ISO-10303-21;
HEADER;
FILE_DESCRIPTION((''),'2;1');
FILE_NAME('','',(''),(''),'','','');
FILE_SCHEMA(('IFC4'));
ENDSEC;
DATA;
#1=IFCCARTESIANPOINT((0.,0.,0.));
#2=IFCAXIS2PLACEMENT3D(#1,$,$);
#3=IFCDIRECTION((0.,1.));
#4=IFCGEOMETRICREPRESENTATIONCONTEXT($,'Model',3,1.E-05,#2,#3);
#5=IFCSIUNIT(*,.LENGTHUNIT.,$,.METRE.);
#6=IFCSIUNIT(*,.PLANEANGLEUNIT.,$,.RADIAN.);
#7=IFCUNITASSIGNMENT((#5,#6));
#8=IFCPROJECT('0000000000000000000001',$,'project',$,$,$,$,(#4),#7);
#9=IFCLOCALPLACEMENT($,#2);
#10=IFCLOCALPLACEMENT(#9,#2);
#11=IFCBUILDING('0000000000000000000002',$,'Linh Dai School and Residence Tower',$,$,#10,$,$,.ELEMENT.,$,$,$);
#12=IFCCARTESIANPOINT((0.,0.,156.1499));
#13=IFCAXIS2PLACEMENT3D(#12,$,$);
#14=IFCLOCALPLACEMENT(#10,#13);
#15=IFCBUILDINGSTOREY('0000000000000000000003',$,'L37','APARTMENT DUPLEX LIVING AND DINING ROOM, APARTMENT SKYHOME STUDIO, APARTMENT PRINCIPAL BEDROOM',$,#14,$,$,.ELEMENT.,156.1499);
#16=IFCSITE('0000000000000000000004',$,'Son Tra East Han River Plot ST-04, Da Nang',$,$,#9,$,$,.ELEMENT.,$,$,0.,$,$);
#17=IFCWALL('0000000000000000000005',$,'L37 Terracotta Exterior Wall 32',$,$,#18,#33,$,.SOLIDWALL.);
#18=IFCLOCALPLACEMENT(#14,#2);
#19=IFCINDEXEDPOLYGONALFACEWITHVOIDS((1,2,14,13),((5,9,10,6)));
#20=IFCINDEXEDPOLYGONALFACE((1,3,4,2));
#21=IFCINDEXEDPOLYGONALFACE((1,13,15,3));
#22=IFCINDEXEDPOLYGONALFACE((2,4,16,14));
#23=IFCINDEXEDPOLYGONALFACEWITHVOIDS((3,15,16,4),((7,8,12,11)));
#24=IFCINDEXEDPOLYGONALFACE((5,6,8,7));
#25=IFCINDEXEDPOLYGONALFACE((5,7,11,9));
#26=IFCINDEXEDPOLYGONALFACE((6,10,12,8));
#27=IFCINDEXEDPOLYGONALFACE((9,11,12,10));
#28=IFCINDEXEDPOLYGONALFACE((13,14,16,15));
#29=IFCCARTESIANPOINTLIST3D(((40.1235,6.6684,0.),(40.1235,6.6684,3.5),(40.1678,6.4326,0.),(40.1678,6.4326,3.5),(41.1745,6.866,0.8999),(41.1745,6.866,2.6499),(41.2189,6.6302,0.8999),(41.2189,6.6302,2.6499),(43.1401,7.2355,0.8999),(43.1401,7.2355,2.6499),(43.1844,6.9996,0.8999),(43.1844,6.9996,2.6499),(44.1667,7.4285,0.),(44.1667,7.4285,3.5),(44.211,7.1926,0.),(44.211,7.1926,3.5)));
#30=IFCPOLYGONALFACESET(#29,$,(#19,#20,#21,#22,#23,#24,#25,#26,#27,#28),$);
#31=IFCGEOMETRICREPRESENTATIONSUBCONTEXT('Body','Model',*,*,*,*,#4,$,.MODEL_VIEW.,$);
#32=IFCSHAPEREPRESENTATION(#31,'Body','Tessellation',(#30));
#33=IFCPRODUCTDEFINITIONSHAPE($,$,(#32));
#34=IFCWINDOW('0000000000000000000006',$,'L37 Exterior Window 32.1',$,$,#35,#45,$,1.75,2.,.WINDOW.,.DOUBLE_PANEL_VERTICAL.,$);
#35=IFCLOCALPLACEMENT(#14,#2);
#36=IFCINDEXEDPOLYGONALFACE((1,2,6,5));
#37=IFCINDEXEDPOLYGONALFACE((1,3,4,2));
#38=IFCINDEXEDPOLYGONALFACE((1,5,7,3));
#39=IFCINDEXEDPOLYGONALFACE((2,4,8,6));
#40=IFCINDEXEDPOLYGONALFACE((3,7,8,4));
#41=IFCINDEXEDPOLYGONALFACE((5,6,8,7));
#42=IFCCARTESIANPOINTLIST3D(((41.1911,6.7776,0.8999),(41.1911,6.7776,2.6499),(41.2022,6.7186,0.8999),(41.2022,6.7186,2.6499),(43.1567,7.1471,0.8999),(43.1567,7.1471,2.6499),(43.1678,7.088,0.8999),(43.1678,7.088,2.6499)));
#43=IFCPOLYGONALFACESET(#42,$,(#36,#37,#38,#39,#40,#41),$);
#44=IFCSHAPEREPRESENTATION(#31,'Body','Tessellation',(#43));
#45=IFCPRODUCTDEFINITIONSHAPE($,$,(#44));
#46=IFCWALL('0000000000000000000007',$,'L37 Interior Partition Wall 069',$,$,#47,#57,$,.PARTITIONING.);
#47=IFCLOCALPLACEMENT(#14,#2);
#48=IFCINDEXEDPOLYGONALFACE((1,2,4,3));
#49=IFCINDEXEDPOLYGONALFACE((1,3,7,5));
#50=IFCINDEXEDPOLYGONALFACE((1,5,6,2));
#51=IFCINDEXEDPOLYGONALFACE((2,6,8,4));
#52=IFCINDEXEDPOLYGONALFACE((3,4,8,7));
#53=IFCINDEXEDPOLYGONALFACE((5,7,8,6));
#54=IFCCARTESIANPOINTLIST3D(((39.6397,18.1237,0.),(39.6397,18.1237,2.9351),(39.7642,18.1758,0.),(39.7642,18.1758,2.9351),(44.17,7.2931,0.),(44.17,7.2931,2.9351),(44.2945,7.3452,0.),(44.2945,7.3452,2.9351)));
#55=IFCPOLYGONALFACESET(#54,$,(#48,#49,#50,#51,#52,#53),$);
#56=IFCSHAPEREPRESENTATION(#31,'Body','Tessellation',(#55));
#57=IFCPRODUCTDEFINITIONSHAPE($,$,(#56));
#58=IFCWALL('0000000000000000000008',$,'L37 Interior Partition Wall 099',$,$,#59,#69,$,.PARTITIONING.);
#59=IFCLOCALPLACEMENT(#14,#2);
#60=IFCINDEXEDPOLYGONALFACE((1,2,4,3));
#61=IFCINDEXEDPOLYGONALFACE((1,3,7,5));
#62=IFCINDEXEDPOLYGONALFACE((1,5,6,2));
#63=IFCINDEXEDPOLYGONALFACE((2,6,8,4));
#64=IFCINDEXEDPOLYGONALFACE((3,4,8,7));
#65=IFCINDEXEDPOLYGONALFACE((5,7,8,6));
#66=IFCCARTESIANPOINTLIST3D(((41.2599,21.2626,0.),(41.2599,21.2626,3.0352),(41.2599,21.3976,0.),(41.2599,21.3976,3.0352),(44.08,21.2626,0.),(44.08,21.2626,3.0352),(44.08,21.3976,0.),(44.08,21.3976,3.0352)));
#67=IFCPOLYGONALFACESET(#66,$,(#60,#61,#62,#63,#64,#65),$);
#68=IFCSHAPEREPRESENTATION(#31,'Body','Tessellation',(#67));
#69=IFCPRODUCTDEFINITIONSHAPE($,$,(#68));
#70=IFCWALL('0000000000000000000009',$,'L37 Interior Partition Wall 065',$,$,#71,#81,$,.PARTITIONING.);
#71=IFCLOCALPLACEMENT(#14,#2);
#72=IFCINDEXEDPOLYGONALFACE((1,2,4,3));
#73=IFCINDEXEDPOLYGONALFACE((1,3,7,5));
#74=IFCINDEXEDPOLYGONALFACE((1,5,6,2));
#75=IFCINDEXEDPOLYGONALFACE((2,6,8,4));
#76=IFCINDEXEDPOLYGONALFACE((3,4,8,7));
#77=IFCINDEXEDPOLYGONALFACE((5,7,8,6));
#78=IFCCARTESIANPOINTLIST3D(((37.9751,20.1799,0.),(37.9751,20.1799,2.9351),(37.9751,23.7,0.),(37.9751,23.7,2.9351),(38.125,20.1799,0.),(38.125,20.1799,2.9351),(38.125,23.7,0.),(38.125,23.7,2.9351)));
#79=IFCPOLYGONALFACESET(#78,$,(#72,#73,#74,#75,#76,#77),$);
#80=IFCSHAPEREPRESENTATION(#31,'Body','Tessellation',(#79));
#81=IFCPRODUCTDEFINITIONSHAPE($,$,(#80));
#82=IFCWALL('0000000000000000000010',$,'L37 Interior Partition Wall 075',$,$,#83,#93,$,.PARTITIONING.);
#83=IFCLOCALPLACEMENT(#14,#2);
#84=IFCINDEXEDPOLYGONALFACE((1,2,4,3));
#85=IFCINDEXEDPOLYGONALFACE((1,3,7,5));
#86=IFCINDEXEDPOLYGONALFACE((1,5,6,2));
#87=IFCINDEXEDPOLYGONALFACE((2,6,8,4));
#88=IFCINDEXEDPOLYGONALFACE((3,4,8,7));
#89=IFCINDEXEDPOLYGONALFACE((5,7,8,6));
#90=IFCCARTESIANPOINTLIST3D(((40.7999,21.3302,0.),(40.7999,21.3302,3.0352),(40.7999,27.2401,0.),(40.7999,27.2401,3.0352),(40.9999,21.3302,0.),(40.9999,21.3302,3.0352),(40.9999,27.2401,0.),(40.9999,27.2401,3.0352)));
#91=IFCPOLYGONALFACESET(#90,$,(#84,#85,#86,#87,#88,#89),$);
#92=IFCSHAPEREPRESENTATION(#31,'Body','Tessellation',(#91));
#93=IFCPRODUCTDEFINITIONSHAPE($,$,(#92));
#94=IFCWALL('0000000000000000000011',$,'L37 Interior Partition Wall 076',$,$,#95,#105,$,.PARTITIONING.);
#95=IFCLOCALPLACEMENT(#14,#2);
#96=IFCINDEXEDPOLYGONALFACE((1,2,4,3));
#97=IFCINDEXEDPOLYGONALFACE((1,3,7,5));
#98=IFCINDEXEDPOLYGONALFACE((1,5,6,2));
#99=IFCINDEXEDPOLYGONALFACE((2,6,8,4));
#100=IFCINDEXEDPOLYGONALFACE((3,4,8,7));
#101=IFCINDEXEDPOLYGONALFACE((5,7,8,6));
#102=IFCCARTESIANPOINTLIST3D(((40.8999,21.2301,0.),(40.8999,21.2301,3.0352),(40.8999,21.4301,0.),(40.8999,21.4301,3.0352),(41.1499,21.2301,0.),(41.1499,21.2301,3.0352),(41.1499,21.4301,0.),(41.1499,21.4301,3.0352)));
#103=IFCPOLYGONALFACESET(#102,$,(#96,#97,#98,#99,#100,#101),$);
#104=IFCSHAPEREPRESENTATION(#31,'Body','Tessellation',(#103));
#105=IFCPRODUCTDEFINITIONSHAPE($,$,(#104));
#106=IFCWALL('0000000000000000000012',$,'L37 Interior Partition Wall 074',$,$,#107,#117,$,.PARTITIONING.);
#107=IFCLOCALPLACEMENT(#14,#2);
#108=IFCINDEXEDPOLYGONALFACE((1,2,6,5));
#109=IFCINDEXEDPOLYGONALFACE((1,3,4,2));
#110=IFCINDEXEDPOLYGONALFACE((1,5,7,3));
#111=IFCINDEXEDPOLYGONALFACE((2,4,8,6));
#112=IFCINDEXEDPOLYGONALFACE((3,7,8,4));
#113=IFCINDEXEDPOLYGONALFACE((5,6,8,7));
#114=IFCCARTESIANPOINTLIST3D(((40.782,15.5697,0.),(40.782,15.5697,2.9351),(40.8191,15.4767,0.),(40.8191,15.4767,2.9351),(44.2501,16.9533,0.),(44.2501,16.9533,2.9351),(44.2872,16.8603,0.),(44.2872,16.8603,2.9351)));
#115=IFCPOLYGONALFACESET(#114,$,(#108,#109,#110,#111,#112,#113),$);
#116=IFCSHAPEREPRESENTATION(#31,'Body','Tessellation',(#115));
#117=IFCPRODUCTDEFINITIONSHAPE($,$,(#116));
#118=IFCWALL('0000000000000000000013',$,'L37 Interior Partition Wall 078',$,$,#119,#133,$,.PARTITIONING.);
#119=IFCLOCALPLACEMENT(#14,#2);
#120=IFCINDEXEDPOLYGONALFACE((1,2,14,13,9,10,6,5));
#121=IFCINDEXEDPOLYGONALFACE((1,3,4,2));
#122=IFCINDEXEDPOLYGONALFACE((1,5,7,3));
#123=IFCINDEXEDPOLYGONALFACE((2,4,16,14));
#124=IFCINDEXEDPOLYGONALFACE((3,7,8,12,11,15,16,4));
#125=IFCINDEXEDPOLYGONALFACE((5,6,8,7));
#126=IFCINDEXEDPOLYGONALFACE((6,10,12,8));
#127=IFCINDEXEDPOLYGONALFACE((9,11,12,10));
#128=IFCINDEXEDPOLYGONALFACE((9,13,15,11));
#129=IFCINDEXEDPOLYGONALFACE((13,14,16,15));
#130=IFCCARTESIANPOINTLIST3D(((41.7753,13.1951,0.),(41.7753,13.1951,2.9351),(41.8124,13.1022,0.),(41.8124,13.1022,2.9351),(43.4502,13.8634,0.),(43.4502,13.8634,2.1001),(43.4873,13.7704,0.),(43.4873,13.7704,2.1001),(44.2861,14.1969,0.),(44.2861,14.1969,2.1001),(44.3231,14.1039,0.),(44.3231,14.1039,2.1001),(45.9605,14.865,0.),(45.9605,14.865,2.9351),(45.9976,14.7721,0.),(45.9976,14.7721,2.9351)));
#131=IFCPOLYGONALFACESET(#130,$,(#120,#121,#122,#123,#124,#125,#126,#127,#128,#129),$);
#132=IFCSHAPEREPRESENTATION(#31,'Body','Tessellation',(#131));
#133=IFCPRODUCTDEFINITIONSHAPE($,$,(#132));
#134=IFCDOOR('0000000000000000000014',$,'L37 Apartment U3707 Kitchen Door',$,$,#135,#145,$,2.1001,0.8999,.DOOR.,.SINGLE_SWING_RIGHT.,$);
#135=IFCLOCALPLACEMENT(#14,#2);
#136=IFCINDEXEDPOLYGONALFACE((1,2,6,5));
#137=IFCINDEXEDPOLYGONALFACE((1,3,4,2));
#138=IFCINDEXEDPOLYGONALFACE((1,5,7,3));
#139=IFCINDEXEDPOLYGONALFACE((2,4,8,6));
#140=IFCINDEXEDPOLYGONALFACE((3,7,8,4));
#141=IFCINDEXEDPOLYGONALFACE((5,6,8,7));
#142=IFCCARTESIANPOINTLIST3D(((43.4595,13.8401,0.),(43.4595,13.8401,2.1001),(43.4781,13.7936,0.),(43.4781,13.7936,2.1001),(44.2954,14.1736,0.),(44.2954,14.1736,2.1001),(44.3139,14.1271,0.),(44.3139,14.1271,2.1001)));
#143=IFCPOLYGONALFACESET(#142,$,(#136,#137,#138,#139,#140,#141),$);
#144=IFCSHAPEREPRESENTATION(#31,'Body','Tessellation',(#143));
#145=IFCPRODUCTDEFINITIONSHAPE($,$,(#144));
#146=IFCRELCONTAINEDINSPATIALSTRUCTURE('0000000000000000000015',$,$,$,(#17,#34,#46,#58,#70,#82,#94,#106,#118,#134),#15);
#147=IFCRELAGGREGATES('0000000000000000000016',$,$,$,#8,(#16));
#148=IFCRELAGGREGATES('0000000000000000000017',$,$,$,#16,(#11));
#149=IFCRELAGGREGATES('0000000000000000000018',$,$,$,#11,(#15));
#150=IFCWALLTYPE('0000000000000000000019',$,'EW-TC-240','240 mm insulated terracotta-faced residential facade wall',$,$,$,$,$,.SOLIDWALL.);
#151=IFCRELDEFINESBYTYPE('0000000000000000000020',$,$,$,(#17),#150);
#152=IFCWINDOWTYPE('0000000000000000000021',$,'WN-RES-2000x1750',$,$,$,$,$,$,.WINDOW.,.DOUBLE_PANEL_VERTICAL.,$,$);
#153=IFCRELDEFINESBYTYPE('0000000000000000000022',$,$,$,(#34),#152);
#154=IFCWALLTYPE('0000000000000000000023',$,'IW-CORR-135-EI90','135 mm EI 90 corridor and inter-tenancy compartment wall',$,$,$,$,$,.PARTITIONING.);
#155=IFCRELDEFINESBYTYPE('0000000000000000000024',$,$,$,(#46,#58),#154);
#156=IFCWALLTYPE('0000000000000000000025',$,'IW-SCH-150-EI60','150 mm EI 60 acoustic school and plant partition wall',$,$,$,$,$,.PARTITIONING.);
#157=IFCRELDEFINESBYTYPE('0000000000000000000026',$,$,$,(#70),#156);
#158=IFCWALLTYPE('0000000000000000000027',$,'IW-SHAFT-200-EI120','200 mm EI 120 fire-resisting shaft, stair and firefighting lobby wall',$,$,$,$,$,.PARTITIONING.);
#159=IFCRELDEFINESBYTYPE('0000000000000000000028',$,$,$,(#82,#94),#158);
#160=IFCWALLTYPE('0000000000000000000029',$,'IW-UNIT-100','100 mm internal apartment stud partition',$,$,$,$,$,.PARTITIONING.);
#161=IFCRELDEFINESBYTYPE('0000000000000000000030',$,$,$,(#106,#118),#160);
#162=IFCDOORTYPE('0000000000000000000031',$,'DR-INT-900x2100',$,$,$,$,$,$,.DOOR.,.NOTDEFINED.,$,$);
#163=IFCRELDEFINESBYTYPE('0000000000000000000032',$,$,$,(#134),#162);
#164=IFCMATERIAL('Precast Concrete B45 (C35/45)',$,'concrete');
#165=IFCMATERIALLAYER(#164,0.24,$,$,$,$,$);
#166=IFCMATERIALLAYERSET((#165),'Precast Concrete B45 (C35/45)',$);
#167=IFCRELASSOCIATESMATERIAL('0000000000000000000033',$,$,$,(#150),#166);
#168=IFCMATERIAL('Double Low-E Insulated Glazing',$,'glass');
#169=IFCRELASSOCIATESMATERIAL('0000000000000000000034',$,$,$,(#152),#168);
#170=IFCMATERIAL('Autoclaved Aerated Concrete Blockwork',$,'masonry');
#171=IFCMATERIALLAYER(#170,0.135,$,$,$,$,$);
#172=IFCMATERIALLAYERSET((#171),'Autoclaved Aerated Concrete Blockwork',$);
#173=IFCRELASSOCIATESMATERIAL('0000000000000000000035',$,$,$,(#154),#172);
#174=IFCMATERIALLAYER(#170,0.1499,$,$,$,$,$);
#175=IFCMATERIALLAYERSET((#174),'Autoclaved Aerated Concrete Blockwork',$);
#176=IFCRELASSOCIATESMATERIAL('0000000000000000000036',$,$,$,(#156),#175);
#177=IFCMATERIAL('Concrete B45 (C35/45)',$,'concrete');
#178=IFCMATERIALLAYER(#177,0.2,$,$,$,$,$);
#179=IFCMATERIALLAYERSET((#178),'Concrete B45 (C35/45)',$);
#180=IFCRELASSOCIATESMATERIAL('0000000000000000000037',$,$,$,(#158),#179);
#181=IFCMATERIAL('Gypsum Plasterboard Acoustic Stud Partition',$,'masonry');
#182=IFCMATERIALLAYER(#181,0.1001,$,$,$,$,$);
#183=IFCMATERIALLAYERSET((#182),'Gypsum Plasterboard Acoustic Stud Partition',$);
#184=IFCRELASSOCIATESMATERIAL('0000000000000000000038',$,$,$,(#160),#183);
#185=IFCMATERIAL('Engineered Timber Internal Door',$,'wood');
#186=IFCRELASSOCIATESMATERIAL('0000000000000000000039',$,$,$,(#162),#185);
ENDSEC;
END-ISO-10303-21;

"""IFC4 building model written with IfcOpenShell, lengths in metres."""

from ifc_helpers import new_model, si_unit, direction, frame, frame_2d, origin, origin_2d, place, context, subcontext, project, spatial, rectangle, extrude, source, transform, mapped, material, layer, layer_set, type_object, element, fill, save


model = new_model("IFC4")

# Units and contexts
model_context = context("Model", 3, precision=1e-05, world=origin(), true_north=direction((0.0, 1.0)))
body_context = subcontext(model_context, "Body", "Model", "MODEL_VIEW")
ifc_project = project(units=[si_unit("LENGTHUNIT", "METRE"), si_unit("PLANEANGLEUNIT", "RADIAN")], contexts=[model_context])

# Site, building, storey
site_placement = place(None, origin())
site = spatial("IfcSite", under=ifc_project, at=site_placement, Name="Son Tra East Han River Plot ST-04, Da Nang", CompositionType="ELEMENT", RefElevation=0.0)
building_placement = place(site_placement, origin())
building = spatial("IfcBuilding", under=site, at=building_placement, Name="Linh Dai School and Residence Tower", CompositionType="ELEMENT")
storey_placement = place(building_placement, frame((0.0, 0.0, 156.1499)))
storey = spatial("IfcBuildingStorey", under=building, at=storey_placement, Name="L37", Description="APARTMENT DUPLEX LIVING AND DINING ROOM, APARTMENT SKYHOME STUDIO, APARTMENT PRINCIPAL BEDROOM", CompositionType="ELEMENT", Elevation=156.1499)

# Shared definitions
ifc_material_1 = material(Name="Precast Concrete B45 (C35/45)", Category="concrete")

# Wall, opening, window
ifc_layer_1 = layer(ifc_material_1, 0.24)
ifc_layer_set_1 = layer_set([ifc_layer_1], Name="Precast Concrete B45 (C35/45)")
wall_type_1 = type_object("IfcWallType", Name="EW-TC-240", Description="240 mm insulated terracotta-faced residential facade wall", PredefinedType="SOLIDWALL", material=ifc_layer_set_1)
ifc_material_2 = material(Name="Double Low-E Insulated Glazing", Category="glass")
window_type_1 = type_object("IfcWindowType", Name="WN-RES-2000x1750", PartitioningType="DOUBLE_PANEL_VERTICAL", PredefinedType="WINDOW", material=ifc_material_2)
shared_shape_1 = source(origin(), body_context, "Body", "SweptSolid", [
    extrude(rectangle(XDim=2.0, YDim=1.75, at=origin_2d()), frame((1.0, 0.03, 0.875), z_axis=(0.0, -1.0, 0.0), x_axis=(1.0, 0.0, 0.0)), (0.0, 0.0, 1.0), 0.0601),
])
wall_1_placement = place(storey_placement, frame((44.189, 7.3105, 0.0), z_axis=(0.0, 0.0, 1.0), x_axis=(-0.982788, -0.184736, 0.0)))
wall_1 = element("IfcWall", 1, at=wall_1_placement, inside=storey, type_object=wall_type_1, Name="L37 Terracotta Exterior Wall 32", PredefinedType="SOLIDWALL", context=body_context, shape_type="SweptSolid", body=[
    extrude(rectangle(XDim=4.114, YDim=0.24, at=frame_2d((2.0571, 0.0))), origin(), (0.0, 0.0, 1.0), 3.5),
])
opening_1_placement = place(wall_1_placement, frame((1.0447, 0.0, 0.8999)))
opening_1 = element("IfcOpeningElement", 2, at=opening_1_placement, cuts=wall_1, PredefinedType="OPENING", context=body_context, shape_type="SweptSolid", body=[
    extrude(rectangle(XDim=2.0, YDim=1.75, at=origin_2d()), frame((1.0, 0.1299, 0.875), z_axis=(0.0, -1.0, 0.0), x_axis=(1.0, 0.0, 0.0)), (0.0, 0.0, 1.0), 0.26),
])
window_1_placement = place(opening_1_placement, origin())
window_1 = element("IfcWindow", 3, at=window_1_placement, inside=storey, type_object=window_type_1, Name="L37 Exterior Window 32.1", OverallHeight=1.75, OverallWidth=2.0, PartitioningType="DOUBLE_PANEL_VERTICAL", PredefinedType="WINDOW", context=body_context, shape_type="MappedRepresentation", body=[
    mapped(shared_shape_1, transform((0.0, 0.0, 0.0), x_axis=(1.0, 0.0, 0.0), y_axis=(0.0, 1.0, 0.0), z_axis=(0.0, 0.0, 1.0), scale=1.0)),
])
fill(opening_1, window_1)

# Walls
ifc_material_3 = material(Name="Autoclaved Aerated Concrete Blockwork", Category="masonry")
ifc_layer_2 = layer(ifc_material_3, 0.135)
ifc_layer_set_2 = layer_set([ifc_layer_2], Name="Autoclaved Aerated Concrete Blockwork")
wall_type_2 = type_object("IfcWallType", Name="IW-CORR-135-EI90", Description="135 mm EI 90 corridor and inter-tenancy compartment wall", PredefinedType="PARTITIONING", material=ifc_layer_set_2)
wall_2_placement = place(storey_placement, frame((39.7019, 18.1499, 0.0), z_axis=(0.0, 0.0, 1.0), x_axis=(0.385888, -0.922546, 0.0)))
element("IfcWall", 4, at=wall_2_placement, inside=storey, type_object=wall_type_2, Name="L37 Interior Partition Wall 069", PredefinedType="PARTITIONING", context=body_context, shape_type="SweptSolid", body=[
    extrude(rectangle(XDim=11.74, YDim=0.135, at=frame_2d((5.8701, 0.0))), origin(), (0.0, 0.0, 1.0), 2.9351),
])
wall_3_placement = place(storey_placement, frame((44.0801, 21.3301, 0.0), z_axis=(0.0, 0.0, 1.0), x_axis=(-1.0, 0.0, 0.0)))
element("IfcWall", 5, at=wall_3_placement, inside=storey, type_object=wall_type_2, Name="L37 Interior Partition Wall 099", PredefinedType="PARTITIONING", context=body_context, shape_type="SweptSolid", body=[
    extrude(rectangle(XDim=2.8201, YDim=0.135, at=frame_2d((1.4102, 0.0))), origin(), (0.0, 0.0, 1.0), 3.0352),
])
ifc_layer_3 = layer(ifc_material_3, 0.1499)
ifc_layer_set_3 = layer_set([ifc_layer_3], Name="Autoclaved Aerated Concrete Blockwork")
wall_type_3 = type_object("IfcWallType", Name="IW-SCH-150-EI60", Description="150 mm EI 60 acoustic school and plant partition wall", PredefinedType="PARTITIONING", material=ifc_layer_set_3)
wall_4_placement = place(storey_placement, frame((38.05, 20.1799, 0.0), z_axis=(0.0, 0.0, 1.0), x_axis=(0.0, 1.0, 0.0)))
element("IfcWall", 6, at=wall_4_placement, inside=storey, type_object=wall_type_3, Name="L37 Interior Partition Wall 065", PredefinedType="PARTITIONING", context=body_context, shape_type="SweptSolid", body=[
    extrude(rectangle(XDim=3.52, YDim=0.1499, at=frame_2d((1.76, 0.0))), origin(), (0.0, 0.0, 1.0), 2.9351),
])
ifc_material_4 = material(Name="Concrete B45 (C35/45)", Category="concrete")
ifc_layer_4 = layer(ifc_material_4, 0.2)
ifc_layer_set_4 = layer_set([ifc_layer_4], Name="Concrete B45 (C35/45)")
wall_type_4 = type_object("IfcWallType", Name="IW-SHAFT-200-EI120", Description="200 mm EI 120 fire-resisting shaft, stair and firefighting lobby wall", PredefinedType="PARTITIONING", material=ifc_layer_set_4)
wall_5_placement = place(storey_placement, frame((40.8999, 21.3301, 0.0), z_axis=(0.0, 0.0, 1.0), x_axis=(0.0, 1.0, 0.0)))
element("IfcWall", 7, at=wall_5_placement, inside=storey, type_object=wall_type_4, Name="L37 Interior Partition Wall 075", PredefinedType="PARTITIONING", context=body_context, shape_type="SweptSolid", body=[
    extrude(rectangle(XDim=5.9099, YDim=0.2, at=frame_2d((2.9551, 0.0))), origin(), (0.0, 0.0, 1.0), 3.0352),
])
wall_6_placement = place(storey_placement, frame((40.8999, 21.3301, 0.0), z_axis=(0.0, 0.0, 1.0), x_axis=(1.0, 0.0, 0.0)))
element("IfcWall", 8, at=wall_6_placement, inside=storey, type_object=wall_type_4, Name="L37 Interior Partition Wall 076", PredefinedType="PARTITIONING", context=body_context, shape_type="SweptSolid", body=[
    extrude(rectangle(XDim=0.25, YDim=0.2, at=frame_2d((0.125, 0.0))), origin(), (0.0, 0.0, 1.0), 3.0352),
])
ifc_material_5 = material(Name="Gypsum Plasterboard Acoustic Stud Partition", Category="masonry")
ifc_layer_5 = layer(ifc_material_5, 0.1001)
ifc_layer_set_5 = layer_set([ifc_layer_5], Name="Gypsum Plasterboard Acoustic Stud Partition")
wall_type_5 = type_object("IfcWallType", Name="IW-UNIT-100", Description="100 mm internal apartment stud partition", PredefinedType="PARTITIONING", material=ifc_layer_set_5)
wall_7_placement = place(storey_placement, frame((40.8005, 15.5232, 0.0), z_axis=(0.0, 0.0, 1.0), x_axis=(0.928815, 0.370545, 0.0)))
element("IfcWall", 9, at=wall_7_placement, inside=storey, type_object=wall_type_5, Name="L37 Interior Partition Wall 074", PredefinedType="PARTITIONING", context=body_context, shape_type="SweptSolid", body=[
    extrude(rectangle(XDim=3.7339, YDim=0.1001, at=frame_2d((1.8669, 0.0))), origin(), (0.0, 0.0, 1.0), 2.9351),
])

# Wall, opening, door
wall_8_placement = place(storey_placement, frame((41.7939, 13.1487, 0.0), z_axis=(0.0, 0.0, 1.0), x_axis=(0.928798, 0.370587, 0.0)))
wall_8 = element("IfcWall", 10, at=wall_8_placement, inside=storey, type_object=wall_type_5, Name="L37 Interior Partition Wall 078", PredefinedType="PARTITIONING", context=body_context, shape_type="SweptSolid", body=[
    extrude(rectangle(XDim=4.5061, YDim=0.1001, at=frame_2d((2.2529, 0.0))), origin(), (0.0, 0.0, 1.0), 2.9351),
])
opening_2_placement = place(wall_8_placement, frame((1.8032, 0.0, 0.0)))
opening_2 = element("IfcOpeningElement", 11, at=opening_2_placement, cuts=wall_8, PredefinedType="OPENING", context=body_context, shape_type="SweptSolid", body=[
    extrude(rectangle(XDim=0.8999, YDim=2.1001, at=origin_2d()), frame((0.45, 0.0601, 1.05), z_axis=(0.0, -1.0, 0.0), x_axis=(1.0, 0.0, 0.0)), (0.0, 0.0, 1.0), 0.1201),
])
ifc_material_6 = material(Name="Engineered Timber Internal Door", Category="wood")
door_type_1 = type_object("IfcDoorType", Name="DR-INT-900x2100", OperationType="NOTDEFINED", PredefinedType="DOOR", material=ifc_material_6)
shared_shape_2 = source(origin(), body_context, "Body", "SweptSolid", [
    extrude(rectangle(XDim=0.8999, YDim=2.1001, at=origin_2d()), frame((0.45, 0.0249, 1.05), z_axis=(0.0, -1.0, 0.0), x_axis=(1.0, 0.0, 0.0)), (0.0, 0.0, 1.0), 0.05),
])
door_1_placement = place(opening_2_placement, origin())
door_1 = element("IfcDoor", 12, at=door_1_placement, inside=storey, type_object=door_type_1, Name="L37 Apartment U3707 Kitchen Door", OperationType="SINGLE_SWING_RIGHT", OverallHeight=2.1001, OverallWidth=0.8999, PredefinedType="DOOR", context=body_context, shape_type="MappedRepresentation", body=[
    mapped(shared_shape_2, transform((0.0, 0.0, 0.0), x_axis=(1.0, 0.0, 0.0), y_axis=(0.0, 1.0, 0.0), z_axis=(0.0, 0.0, 1.0), scale=1.0)),
])
fill(opening_2, door_1)

save(model, "model.ifc")
